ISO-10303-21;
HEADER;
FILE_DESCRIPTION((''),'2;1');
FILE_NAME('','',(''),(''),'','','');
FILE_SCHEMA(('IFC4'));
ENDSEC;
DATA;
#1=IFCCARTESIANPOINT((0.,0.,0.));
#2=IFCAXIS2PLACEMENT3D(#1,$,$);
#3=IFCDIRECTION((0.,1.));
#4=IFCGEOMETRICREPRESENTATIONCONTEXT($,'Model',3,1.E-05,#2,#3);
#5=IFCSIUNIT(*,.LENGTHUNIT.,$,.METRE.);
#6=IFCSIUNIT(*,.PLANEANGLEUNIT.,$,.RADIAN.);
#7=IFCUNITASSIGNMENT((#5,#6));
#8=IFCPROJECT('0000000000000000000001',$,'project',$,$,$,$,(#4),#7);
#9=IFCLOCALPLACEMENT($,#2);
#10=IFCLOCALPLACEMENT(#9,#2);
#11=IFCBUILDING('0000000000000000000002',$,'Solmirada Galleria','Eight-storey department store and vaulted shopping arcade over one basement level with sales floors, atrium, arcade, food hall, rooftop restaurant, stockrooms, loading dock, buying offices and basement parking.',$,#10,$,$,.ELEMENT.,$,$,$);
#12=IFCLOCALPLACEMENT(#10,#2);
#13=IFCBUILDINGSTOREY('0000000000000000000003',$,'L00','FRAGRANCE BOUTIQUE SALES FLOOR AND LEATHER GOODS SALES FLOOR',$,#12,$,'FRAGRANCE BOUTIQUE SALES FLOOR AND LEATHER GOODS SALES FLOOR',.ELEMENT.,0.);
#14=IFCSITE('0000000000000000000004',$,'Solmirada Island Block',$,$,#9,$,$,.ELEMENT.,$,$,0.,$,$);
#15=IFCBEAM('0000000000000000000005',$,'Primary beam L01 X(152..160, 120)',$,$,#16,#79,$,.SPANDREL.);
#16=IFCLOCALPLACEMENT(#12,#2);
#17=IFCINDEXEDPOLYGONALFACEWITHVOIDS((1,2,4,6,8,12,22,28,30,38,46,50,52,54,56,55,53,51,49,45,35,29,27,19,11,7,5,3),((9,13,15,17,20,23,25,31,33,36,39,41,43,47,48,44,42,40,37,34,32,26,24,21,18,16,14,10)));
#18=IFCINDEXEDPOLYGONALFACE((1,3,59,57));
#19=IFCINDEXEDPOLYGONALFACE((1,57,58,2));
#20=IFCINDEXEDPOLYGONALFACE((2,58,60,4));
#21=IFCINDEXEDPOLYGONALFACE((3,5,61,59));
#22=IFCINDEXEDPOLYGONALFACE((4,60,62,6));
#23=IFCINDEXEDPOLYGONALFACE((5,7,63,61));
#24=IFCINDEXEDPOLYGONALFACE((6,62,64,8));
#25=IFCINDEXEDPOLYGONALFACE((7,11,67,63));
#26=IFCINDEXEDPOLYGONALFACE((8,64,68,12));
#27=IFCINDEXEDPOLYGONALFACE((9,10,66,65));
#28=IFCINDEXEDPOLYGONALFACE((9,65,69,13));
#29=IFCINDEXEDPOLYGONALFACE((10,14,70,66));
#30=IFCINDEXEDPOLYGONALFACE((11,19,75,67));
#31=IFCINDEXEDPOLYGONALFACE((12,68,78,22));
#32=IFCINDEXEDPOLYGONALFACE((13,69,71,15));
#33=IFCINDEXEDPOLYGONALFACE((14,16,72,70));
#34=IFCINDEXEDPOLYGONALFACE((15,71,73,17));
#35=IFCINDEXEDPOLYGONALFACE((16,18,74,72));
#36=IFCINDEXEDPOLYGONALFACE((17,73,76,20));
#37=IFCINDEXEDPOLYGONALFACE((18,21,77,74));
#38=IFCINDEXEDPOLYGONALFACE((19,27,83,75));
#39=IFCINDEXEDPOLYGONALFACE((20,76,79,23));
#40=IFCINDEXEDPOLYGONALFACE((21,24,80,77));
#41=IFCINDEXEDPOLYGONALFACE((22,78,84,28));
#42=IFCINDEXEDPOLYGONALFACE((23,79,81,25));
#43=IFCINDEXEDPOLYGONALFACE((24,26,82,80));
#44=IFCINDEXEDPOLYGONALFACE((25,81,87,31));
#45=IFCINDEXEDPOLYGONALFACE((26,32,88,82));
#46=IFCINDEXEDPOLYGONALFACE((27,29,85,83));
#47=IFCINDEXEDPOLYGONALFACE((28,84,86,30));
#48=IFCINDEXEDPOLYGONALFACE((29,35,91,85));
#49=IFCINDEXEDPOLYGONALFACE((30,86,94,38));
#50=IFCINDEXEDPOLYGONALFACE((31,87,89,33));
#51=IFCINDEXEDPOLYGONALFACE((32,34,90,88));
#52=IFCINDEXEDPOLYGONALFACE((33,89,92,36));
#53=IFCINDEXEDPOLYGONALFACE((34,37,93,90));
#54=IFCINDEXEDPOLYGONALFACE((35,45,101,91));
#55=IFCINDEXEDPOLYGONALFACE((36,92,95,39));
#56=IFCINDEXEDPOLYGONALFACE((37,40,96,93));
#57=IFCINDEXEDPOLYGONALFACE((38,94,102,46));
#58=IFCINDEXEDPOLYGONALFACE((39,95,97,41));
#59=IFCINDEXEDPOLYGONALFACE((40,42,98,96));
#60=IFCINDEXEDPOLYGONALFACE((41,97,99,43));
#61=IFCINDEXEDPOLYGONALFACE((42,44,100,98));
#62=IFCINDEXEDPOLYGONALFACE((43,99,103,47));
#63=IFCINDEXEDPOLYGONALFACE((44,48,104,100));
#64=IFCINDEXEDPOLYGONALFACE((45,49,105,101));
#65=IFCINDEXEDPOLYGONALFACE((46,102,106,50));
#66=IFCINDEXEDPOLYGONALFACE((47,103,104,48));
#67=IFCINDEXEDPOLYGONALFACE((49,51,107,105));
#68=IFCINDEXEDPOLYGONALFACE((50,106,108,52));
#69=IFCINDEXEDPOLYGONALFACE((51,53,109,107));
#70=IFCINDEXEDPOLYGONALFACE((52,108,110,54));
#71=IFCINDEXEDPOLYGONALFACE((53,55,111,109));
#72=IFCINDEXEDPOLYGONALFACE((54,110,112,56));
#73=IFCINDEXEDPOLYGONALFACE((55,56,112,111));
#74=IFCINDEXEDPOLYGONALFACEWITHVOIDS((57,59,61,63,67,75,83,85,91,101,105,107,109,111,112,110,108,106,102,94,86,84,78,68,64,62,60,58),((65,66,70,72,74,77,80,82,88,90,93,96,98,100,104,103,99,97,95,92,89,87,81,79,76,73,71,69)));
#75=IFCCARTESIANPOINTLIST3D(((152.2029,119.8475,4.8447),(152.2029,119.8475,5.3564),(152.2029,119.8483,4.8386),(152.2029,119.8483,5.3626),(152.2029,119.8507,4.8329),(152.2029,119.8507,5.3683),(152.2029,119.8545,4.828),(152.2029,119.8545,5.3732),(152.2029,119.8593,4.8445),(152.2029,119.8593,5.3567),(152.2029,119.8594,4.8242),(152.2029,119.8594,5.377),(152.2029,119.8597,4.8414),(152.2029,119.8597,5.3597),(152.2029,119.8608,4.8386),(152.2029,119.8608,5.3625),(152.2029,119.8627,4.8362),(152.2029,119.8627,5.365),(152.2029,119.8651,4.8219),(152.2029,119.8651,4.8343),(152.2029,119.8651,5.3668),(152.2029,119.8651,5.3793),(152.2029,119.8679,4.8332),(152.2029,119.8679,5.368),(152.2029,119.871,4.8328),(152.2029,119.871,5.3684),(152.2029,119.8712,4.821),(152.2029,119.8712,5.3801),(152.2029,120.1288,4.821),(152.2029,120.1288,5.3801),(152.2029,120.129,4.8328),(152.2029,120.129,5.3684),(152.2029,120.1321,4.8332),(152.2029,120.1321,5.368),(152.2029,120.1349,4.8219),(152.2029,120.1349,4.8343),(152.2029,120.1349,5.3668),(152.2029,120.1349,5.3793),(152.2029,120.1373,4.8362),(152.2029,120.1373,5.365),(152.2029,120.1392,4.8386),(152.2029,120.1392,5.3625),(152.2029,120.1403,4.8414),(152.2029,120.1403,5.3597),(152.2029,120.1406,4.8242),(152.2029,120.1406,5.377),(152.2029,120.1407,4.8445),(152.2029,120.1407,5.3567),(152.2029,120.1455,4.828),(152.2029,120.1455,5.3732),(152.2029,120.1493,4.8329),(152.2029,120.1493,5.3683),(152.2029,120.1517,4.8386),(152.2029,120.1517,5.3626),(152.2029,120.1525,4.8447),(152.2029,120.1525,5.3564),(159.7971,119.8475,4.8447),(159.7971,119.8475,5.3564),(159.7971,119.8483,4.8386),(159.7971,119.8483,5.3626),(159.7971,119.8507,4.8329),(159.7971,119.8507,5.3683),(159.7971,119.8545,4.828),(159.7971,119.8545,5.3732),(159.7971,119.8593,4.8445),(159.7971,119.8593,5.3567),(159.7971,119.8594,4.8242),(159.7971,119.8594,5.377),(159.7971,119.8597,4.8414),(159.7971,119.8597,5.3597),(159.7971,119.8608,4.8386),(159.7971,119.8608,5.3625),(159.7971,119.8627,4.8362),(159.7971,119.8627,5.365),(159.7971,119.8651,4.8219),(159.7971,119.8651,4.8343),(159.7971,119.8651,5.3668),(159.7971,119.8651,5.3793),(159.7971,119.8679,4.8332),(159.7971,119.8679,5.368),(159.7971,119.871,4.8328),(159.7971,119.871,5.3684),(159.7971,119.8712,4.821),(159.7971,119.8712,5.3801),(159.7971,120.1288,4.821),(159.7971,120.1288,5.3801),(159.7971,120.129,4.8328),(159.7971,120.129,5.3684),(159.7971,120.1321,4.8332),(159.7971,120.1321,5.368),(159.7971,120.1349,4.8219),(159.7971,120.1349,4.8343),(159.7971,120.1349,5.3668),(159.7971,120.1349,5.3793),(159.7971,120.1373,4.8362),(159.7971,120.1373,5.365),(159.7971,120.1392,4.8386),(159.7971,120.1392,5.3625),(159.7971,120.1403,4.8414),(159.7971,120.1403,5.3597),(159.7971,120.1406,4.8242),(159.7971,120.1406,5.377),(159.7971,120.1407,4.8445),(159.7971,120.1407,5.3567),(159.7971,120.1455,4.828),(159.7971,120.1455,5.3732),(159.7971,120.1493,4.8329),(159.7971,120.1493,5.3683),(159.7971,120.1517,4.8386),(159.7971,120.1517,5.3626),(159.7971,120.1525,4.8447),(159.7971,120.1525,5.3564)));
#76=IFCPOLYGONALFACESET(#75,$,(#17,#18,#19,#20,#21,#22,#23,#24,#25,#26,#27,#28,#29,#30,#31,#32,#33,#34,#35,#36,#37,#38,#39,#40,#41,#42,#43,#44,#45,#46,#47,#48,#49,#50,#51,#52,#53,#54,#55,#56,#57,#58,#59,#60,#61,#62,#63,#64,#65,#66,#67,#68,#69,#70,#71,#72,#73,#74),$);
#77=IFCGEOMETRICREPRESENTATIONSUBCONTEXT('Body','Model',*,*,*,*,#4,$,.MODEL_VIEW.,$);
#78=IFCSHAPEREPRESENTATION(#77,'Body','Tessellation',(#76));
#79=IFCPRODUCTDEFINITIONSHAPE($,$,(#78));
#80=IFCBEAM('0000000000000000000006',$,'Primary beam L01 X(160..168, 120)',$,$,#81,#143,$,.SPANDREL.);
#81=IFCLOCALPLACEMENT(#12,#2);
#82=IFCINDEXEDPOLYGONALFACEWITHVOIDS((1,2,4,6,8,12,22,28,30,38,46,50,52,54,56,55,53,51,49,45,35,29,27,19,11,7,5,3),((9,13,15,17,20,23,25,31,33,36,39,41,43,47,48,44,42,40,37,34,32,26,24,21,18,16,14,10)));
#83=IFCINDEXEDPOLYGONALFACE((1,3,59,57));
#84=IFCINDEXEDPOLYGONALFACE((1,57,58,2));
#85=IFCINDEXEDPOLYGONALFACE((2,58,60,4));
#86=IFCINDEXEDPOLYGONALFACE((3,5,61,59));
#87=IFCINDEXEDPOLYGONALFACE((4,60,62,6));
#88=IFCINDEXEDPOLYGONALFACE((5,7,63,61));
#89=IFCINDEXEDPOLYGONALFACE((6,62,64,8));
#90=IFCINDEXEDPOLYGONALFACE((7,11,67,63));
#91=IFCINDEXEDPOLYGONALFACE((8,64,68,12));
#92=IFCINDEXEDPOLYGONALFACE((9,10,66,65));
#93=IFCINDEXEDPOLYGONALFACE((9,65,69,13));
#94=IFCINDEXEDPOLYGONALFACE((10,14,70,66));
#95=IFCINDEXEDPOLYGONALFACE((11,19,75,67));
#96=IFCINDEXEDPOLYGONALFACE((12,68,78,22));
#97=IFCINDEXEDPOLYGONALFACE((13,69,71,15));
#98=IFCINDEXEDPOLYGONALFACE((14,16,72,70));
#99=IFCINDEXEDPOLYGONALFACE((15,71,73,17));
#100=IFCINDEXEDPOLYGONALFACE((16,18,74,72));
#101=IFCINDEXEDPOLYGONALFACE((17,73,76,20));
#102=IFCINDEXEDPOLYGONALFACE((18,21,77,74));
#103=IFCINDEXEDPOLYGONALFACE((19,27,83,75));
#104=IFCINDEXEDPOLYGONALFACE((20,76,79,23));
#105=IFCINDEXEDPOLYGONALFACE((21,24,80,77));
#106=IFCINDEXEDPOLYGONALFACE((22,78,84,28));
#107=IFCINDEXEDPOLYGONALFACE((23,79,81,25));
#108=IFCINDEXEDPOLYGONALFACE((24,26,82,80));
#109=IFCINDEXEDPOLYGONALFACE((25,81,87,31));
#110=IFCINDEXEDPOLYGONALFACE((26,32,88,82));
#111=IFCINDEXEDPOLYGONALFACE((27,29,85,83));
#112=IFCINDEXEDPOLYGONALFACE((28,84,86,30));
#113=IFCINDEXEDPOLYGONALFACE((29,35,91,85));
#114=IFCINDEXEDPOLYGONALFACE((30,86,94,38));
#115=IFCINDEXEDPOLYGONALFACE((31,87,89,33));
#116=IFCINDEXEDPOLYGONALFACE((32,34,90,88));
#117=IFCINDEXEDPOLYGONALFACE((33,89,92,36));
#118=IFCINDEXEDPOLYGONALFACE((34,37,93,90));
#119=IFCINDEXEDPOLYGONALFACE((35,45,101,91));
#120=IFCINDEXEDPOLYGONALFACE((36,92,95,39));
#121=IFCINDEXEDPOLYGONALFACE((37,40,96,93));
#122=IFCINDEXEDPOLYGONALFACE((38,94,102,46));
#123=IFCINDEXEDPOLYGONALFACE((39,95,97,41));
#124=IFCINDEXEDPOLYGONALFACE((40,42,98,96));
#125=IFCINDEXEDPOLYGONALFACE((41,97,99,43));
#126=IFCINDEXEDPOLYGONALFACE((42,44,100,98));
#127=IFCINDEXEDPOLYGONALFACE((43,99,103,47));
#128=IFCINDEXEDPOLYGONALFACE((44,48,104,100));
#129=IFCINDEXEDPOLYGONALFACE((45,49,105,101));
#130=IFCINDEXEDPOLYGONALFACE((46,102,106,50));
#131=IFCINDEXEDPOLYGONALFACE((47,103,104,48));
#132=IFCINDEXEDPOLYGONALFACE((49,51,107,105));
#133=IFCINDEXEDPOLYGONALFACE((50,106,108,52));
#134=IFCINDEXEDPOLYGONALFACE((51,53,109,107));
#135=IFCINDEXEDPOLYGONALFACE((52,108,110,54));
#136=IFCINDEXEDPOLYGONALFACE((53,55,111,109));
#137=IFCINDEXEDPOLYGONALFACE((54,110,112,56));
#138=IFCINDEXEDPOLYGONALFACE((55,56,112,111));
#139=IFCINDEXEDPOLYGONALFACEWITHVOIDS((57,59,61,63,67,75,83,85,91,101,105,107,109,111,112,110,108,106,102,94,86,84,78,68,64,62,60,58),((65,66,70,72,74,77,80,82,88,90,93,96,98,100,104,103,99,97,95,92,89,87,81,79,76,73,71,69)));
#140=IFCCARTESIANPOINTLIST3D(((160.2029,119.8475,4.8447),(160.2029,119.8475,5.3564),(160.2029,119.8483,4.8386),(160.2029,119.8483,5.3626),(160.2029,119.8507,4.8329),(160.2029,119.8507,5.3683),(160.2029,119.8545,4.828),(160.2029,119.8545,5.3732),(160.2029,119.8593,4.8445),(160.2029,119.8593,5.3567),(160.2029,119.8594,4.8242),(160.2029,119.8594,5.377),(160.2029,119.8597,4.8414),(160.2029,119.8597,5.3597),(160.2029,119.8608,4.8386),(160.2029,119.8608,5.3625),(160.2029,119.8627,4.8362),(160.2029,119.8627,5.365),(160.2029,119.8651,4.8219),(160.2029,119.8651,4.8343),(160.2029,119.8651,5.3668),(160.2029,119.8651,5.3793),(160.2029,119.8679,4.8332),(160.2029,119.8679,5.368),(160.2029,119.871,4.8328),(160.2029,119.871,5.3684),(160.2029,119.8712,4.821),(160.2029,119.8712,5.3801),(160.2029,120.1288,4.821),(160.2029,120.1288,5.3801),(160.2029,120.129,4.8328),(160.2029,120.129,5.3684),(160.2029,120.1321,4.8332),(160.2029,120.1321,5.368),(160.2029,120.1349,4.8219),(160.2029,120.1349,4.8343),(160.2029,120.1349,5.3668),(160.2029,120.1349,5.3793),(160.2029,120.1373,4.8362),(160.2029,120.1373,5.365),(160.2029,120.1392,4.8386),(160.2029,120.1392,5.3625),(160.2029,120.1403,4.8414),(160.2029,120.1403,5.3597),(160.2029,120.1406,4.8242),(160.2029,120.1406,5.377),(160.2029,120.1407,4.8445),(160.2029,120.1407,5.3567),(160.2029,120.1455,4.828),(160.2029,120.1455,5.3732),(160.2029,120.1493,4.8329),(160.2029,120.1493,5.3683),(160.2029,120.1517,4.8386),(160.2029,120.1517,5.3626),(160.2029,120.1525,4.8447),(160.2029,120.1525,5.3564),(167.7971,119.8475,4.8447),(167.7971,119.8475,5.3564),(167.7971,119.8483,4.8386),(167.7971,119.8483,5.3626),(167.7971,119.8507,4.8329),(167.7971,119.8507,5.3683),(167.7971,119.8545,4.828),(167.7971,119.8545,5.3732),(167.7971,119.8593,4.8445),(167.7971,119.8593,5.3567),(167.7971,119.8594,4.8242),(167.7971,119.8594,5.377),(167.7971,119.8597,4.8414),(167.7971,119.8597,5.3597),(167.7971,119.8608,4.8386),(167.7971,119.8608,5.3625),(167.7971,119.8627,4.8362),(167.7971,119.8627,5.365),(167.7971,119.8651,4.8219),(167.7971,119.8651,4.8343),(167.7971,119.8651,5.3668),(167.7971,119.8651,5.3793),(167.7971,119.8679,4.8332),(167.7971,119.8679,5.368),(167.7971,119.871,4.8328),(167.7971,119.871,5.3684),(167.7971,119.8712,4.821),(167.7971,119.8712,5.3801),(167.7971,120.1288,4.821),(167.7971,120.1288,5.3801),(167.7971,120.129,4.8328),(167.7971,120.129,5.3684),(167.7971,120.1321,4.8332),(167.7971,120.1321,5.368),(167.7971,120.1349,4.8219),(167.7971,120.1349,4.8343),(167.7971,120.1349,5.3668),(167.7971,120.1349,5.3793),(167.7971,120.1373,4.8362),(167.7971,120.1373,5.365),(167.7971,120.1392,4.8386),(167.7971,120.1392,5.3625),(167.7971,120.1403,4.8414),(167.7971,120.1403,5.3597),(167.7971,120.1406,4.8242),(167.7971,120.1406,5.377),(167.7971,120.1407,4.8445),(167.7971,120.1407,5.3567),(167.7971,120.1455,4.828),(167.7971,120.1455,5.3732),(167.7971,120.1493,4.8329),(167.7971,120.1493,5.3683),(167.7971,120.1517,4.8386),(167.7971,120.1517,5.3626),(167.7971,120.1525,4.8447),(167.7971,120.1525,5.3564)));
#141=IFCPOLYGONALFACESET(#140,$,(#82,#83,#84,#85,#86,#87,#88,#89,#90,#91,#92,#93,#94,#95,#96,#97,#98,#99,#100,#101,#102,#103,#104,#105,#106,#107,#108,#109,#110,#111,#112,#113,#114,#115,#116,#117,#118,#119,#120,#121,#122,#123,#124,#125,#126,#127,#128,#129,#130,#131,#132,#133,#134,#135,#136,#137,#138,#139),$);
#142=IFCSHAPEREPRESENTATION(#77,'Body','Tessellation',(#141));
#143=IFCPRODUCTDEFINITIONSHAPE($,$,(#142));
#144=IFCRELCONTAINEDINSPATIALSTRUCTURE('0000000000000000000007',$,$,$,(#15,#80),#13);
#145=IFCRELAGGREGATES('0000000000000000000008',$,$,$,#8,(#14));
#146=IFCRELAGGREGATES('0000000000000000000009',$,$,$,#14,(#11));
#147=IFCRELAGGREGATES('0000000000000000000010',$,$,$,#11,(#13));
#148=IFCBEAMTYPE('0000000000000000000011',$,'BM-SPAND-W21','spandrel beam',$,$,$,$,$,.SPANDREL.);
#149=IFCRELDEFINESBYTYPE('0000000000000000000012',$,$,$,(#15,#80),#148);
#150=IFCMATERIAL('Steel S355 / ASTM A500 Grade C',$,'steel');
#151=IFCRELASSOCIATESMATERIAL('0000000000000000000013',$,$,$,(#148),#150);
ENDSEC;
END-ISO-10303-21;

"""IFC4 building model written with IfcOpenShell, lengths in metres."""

from ifc_helpers import new_model, si_unit, direction, frame, origin, origin_2d, place, context, subcontext, project, spatial, hollow_rectangle, extrude, material, material_profile, profile_set, type_object, element, save


model = new_model("IFC4")

# Units and contexts
model_context = context("Model", 3, precision=1e-05, world=origin(), true_north=direction((0.0, 1.0)))
body_context = subcontext(model_context, "Body", "Model", "MODEL_VIEW")
ifc_project = project(units=[si_unit("LENGTHUNIT", "METRE"), si_unit("PLANEANGLEUNIT", "RADIAN")], contexts=[model_context])

# Site, building, storey
site_placement = place(None, origin())
site = spatial("IfcSite", under=ifc_project, at=site_placement, Name="Solmirada Island Block", CompositionType="ELEMENT", RefElevation=0.0)
building_placement = place(site_placement, origin())
building = spatial("IfcBuilding", under=site, at=building_placement, Name="Solmirada Galleria", Description="Eight-storey department store and vaulted shopping arcade over one basement level with sales floors, atrium, arcade, food hall, rooftop restaurant, stockrooms, loading dock, buying offices and basement parking.", CompositionType="ELEMENT")
storey_placement = place(building_placement, origin())
storey = spatial("IfcBuildingStorey", under=building, at=storey_placement, Name="L00", Description="FRAGRANCE BOUTIQUE SALES FLOOR AND LEATHER GOODS SALES FLOOR", LongName="FRAGRANCE BOUTIQUE SALES FLOOR AND LEATHER GOODS SALES FLOOR", CompositionType="ELEMENT", Elevation=0.0)

# Shared definitions
ifc_material_1 = material(Name="Steel S355 / ASTM A500 Grade C", Category="steel")

# Beams
ifc_material_profile_1 = material_profile(ifc_material_1, hollow_rectangle(XDim=0.3049, YDim=0.5591, WallThickness=0.0117, InnerFilletRadius=0.0117, OuterFilletRadius=0.0237, at=origin_2d()), Name="HSS22X12X1/2")
ifc_profile_set_1 = profile_set([ifc_material_profile_1], Name="Steel S355 / ASTM A500 Grade C")
beam_type = type_object("IfcBeamType", Name="BM-SPAND-W21", Description="spandrel beam", PredefinedType="SPANDREL", material=ifc_profile_set_1)
for number, where, z_axis, x_axis, name in (
    (1, (152.2029, 120.0, 5.1006), (1.0, 0.0, 0.0), (0.0, 1.0, 0.0), "Primary beam L01 X(152..160, 120)"),
    (2, (160.2029, 120.0, 5.1006), (1.0, 0.0, 0.0), (0.0, 1.0, 0.0), "Primary beam L01 X(160..168, 120)"),
):
    element("IfcBeam", number, at=place(storey_placement, frame(where, z_axis=z_axis, x_axis=x_axis)), inside=storey, type_object=beam_type, Name=name, PredefinedType="SPANDREL", context=body_context, shape_type="SweptSolid", body=[
        extrude(hollow_rectangle(XDim=0.3049, YDim=0.5591, WallThickness=0.0117, InnerFilletRadius=0.0117, OuterFilletRadius=0.0237, at=origin_2d()), origin(), (0.0, 0.0, 1.0), 7.5942),
    ])

save(model, "model.ifc")
